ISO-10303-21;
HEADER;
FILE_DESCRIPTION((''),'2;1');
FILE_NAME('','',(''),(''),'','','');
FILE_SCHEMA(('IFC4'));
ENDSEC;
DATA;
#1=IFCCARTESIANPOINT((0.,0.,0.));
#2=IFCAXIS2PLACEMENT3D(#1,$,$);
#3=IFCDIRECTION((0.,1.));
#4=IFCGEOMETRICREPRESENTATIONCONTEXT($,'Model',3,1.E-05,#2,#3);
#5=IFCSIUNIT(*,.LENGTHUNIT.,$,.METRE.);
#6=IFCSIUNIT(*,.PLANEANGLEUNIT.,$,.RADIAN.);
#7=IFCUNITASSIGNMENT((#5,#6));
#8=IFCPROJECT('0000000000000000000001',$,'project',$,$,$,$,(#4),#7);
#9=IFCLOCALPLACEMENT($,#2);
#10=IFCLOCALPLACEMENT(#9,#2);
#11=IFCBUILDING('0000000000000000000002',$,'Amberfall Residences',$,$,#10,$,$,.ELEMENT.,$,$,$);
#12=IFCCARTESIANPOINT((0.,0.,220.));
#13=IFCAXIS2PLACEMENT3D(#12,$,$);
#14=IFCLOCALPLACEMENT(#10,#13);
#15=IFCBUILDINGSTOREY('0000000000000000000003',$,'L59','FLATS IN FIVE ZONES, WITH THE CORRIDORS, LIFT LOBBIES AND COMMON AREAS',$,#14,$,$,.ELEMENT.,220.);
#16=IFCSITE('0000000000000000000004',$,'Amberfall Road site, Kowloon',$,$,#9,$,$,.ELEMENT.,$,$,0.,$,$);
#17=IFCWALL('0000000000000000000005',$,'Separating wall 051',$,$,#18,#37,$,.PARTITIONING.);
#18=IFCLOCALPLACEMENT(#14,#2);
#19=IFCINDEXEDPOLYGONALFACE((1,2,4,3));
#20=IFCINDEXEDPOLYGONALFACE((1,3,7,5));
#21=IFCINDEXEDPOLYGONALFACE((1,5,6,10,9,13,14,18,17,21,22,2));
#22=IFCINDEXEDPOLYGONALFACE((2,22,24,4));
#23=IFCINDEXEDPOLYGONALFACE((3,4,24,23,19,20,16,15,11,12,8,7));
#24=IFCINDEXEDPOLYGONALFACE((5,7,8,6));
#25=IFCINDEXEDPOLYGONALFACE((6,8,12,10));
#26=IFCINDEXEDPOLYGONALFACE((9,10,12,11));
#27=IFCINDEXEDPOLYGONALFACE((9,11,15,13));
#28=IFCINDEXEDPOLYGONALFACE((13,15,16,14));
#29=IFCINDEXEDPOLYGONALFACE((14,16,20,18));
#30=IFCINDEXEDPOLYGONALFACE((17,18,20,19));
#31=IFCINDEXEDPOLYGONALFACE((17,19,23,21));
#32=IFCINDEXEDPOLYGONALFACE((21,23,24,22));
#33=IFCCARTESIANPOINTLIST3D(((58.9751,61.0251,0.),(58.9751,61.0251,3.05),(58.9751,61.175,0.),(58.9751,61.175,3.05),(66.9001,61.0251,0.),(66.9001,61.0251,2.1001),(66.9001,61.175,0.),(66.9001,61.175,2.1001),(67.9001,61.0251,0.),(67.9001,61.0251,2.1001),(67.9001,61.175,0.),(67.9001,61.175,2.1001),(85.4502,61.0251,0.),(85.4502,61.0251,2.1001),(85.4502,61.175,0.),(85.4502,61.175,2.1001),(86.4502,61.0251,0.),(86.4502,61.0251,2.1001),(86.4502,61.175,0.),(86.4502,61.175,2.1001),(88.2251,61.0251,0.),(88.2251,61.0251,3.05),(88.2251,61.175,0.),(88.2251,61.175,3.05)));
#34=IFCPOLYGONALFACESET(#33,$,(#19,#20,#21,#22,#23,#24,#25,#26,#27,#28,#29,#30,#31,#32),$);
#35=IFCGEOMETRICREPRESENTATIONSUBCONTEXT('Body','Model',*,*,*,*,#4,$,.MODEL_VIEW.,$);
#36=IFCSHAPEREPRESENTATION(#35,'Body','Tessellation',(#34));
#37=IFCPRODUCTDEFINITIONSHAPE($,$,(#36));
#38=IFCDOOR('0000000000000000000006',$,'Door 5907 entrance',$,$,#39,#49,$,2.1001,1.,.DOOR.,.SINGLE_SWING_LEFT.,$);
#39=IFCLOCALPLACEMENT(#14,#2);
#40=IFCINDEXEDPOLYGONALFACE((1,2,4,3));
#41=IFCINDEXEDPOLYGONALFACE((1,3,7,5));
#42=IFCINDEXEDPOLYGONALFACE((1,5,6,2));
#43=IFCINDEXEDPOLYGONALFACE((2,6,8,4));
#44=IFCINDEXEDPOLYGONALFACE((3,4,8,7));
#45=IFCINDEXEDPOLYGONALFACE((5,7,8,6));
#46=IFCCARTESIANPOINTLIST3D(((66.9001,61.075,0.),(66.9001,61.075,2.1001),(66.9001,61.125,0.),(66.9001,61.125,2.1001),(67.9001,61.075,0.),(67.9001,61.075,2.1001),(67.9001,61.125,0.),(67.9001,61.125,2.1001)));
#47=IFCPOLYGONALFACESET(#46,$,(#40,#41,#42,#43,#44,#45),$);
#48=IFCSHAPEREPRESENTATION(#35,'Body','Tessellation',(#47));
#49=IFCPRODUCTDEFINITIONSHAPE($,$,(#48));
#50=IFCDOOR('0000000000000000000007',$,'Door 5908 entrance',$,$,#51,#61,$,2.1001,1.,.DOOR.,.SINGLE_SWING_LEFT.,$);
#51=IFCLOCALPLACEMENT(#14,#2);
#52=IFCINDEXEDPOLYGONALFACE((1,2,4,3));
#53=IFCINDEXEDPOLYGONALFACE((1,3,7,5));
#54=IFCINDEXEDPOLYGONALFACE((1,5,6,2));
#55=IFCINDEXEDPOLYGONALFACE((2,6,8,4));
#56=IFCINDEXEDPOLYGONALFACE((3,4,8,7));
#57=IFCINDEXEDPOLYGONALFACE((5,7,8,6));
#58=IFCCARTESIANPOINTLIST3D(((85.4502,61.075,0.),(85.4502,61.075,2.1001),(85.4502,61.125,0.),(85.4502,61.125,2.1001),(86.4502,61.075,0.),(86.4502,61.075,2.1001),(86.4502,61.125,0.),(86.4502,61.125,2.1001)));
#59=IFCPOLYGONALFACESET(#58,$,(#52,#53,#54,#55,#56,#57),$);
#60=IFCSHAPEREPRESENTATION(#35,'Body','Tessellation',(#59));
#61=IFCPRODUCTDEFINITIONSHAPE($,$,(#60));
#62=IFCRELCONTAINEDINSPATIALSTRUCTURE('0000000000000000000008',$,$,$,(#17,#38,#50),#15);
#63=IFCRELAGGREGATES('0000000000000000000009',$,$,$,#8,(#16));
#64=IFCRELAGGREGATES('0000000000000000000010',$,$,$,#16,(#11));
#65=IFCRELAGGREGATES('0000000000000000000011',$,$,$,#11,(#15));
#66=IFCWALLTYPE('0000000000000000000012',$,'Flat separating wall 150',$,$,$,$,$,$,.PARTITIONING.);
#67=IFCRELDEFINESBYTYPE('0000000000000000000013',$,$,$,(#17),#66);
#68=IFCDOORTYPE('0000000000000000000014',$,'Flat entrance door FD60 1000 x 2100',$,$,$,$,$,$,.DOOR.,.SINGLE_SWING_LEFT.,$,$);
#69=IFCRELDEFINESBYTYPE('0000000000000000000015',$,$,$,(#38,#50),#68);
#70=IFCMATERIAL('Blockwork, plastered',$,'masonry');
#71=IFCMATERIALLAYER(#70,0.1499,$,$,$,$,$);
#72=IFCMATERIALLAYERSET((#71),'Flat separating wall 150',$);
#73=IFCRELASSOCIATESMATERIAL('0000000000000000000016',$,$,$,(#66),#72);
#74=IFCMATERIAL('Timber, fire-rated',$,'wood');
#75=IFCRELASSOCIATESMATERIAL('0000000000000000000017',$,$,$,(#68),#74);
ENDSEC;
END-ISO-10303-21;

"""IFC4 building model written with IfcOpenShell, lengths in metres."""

from ifc_helpers import new_model, si_unit, direction, frame, frame_2d, origin, place, context, subcontext, project, spatial, rectangle, extrude, material, layer, layer_set, type_object, element, fill, save


model = new_model("IFC4")

# Units and contexts
model_context = context("Model", 3, precision=1e-05, world=origin(), true_north=direction((0.0, 1.0)))
body_context = subcontext(model_context, "Body", "Model", "MODEL_VIEW")
ifc_project = project(units=[si_unit("LENGTHUNIT", "METRE"), si_unit("PLANEANGLEUNIT", "RADIAN")], contexts=[model_context])

# Site, building, storey
site_placement = place(None, origin())
site = spatial("IfcSite", under=ifc_project, at=site_placement, Name="Amberfall Road site, Kowloon", CompositionType="ELEMENT", RefElevation=0.0)
building_placement = place(site_placement, origin())
building = spatial("IfcBuilding", under=site, at=building_placement, Name="Amberfall Residences", CompositionType="ELEMENT")
storey_placement = place(building_placement, frame((0.0, 0.0, 220.0)))
storey = spatial("IfcBuildingStorey", under=building, at=storey_placement, Name="L59", Description="FLATS IN FIVE ZONES, WITH THE CORRIDORS, LIFT LOBBIES AND COMMON AREAS", CompositionType="ELEMENT", Elevation=220.0)

# Wall, openings, doors
ifc_material_1 = material(Name="Blockwork, plastered", Category="masonry")
ifc_layer_1 = layer(ifc_material_1, 0.1499)
ifc_layer_set_1 = layer_set([ifc_layer_1], Name="Flat separating wall 150")
wall_type_1 = type_object("IfcWallType", Name="Flat separating wall 150", PredefinedType="PARTITIONING", material=ifc_layer_set_1)
wall_1_placement = place(storey_placement, frame((58.9751, 61.1001, 0.0), z_axis=(0.0, 0.0, 1.0), x_axis=(1.0, 0.0, 0.0)))
wall_1 = element("IfcWall", 1, at=wall_1_placement, inside=storey, type_object=wall_type_1, Name="Separating wall 051", PredefinedType="PARTITIONING", context=body_context, shape_type="SweptSolid", body=[
    extrude(rectangle(XDim=29.25, YDim=0.1499, at=frame_2d((14.625, 0.0))), origin(), (0.0, 0.0, 1.0), 3.05),
])
opening_1_placement = place(wall_1_placement, frame((7.925, 0.0, 0.0)))
opening_1 = element("IfcOpeningElement", 2, at=opening_1_placement, cuts=wall_1, PredefinedType="OPENING", context=body_context, shape_type="SweptSolid", body=[
    extrude(rectangle(XDim=1.0, YDim=2.1001, at=frame_2d((0.5, 1.05))), frame((0.0, 0.085, 0.0), z_axis=(0.0, -1.0, 0.0), x_axis=(1.0, 0.0, 0.0)), (0.0, 0.0, 1.0), 0.1699),
])
opening_2_placement = place(wall_1_placement, frame((26.4751, 0.0, 0.0)))
opening_2 = element("IfcOpeningElement", 3, at=opening_2_placement, cuts=wall_1, PredefinedType="OPENING", context=body_context, shape_type="SweptSolid", body=[
    extrude(rectangle(XDim=1.0, YDim=2.1001, at=frame_2d((0.5, 1.05))), frame((0.0, 0.085, 0.0), z_axis=(0.0, -1.0, 0.0), x_axis=(1.0, 0.0, 0.0)), (0.0, 0.0, 1.0), 0.1699),
])
ifc_material_2 = material(Name="Timber, fire-rated", Category="wood")
door_type_1 = type_object("IfcDoorType", Name="Flat entrance door FD60 1000 x 2100", OperationType="SINGLE_SWING_LEFT", PredefinedType="DOOR", material=ifc_material_2)
door_1_placement = place(opening_1_placement, origin())
door_1 = element("IfcDoor", 4, at=door_1_placement, inside=storey, type_object=door_type_1, Name="Door 5907 entrance", OperationType="SINGLE_SWING_LEFT", OverallHeight=2.1001, OverallWidth=1.0, PredefinedType="DOOR", context=body_context, shape_type="SweptSolid", body=[
    extrude(rectangle(XDim=1.0, YDim=2.1001, at=frame_2d((0.5, 1.05))), frame((0.0, 0.0249, 0.0), z_axis=(0.0, -1.0, 0.0), x_axis=(1.0, 0.0, 0.0)), (0.0, 0.0, 1.0), 0.05),
])
fill(opening_1, door_1)
door_2_placement = place(opening_2_placement, origin())
door_2 = element("IfcDoor", 5, at=door_2_placement, inside=storey, type_object=door_type_1, Name="Door 5908 entrance", OperationType="SINGLE_SWING_LEFT", OverallHeight=2.1001, OverallWidth=1.0, PredefinedType="DOOR", context=body_context, shape_type="SweptSolid", body=[
    extrude(rectangle(XDim=1.0, YDim=2.1001, at=frame_2d((0.5, 1.05))), frame((0.0, 0.0249, 0.0), z_axis=(0.0, -1.0, 0.0), x_axis=(1.0, 0.0, 0.0)), (0.0, 0.0, 1.0), 0.05),
])
fill(opening_2, door_2)

save(model, "model.ifc")
